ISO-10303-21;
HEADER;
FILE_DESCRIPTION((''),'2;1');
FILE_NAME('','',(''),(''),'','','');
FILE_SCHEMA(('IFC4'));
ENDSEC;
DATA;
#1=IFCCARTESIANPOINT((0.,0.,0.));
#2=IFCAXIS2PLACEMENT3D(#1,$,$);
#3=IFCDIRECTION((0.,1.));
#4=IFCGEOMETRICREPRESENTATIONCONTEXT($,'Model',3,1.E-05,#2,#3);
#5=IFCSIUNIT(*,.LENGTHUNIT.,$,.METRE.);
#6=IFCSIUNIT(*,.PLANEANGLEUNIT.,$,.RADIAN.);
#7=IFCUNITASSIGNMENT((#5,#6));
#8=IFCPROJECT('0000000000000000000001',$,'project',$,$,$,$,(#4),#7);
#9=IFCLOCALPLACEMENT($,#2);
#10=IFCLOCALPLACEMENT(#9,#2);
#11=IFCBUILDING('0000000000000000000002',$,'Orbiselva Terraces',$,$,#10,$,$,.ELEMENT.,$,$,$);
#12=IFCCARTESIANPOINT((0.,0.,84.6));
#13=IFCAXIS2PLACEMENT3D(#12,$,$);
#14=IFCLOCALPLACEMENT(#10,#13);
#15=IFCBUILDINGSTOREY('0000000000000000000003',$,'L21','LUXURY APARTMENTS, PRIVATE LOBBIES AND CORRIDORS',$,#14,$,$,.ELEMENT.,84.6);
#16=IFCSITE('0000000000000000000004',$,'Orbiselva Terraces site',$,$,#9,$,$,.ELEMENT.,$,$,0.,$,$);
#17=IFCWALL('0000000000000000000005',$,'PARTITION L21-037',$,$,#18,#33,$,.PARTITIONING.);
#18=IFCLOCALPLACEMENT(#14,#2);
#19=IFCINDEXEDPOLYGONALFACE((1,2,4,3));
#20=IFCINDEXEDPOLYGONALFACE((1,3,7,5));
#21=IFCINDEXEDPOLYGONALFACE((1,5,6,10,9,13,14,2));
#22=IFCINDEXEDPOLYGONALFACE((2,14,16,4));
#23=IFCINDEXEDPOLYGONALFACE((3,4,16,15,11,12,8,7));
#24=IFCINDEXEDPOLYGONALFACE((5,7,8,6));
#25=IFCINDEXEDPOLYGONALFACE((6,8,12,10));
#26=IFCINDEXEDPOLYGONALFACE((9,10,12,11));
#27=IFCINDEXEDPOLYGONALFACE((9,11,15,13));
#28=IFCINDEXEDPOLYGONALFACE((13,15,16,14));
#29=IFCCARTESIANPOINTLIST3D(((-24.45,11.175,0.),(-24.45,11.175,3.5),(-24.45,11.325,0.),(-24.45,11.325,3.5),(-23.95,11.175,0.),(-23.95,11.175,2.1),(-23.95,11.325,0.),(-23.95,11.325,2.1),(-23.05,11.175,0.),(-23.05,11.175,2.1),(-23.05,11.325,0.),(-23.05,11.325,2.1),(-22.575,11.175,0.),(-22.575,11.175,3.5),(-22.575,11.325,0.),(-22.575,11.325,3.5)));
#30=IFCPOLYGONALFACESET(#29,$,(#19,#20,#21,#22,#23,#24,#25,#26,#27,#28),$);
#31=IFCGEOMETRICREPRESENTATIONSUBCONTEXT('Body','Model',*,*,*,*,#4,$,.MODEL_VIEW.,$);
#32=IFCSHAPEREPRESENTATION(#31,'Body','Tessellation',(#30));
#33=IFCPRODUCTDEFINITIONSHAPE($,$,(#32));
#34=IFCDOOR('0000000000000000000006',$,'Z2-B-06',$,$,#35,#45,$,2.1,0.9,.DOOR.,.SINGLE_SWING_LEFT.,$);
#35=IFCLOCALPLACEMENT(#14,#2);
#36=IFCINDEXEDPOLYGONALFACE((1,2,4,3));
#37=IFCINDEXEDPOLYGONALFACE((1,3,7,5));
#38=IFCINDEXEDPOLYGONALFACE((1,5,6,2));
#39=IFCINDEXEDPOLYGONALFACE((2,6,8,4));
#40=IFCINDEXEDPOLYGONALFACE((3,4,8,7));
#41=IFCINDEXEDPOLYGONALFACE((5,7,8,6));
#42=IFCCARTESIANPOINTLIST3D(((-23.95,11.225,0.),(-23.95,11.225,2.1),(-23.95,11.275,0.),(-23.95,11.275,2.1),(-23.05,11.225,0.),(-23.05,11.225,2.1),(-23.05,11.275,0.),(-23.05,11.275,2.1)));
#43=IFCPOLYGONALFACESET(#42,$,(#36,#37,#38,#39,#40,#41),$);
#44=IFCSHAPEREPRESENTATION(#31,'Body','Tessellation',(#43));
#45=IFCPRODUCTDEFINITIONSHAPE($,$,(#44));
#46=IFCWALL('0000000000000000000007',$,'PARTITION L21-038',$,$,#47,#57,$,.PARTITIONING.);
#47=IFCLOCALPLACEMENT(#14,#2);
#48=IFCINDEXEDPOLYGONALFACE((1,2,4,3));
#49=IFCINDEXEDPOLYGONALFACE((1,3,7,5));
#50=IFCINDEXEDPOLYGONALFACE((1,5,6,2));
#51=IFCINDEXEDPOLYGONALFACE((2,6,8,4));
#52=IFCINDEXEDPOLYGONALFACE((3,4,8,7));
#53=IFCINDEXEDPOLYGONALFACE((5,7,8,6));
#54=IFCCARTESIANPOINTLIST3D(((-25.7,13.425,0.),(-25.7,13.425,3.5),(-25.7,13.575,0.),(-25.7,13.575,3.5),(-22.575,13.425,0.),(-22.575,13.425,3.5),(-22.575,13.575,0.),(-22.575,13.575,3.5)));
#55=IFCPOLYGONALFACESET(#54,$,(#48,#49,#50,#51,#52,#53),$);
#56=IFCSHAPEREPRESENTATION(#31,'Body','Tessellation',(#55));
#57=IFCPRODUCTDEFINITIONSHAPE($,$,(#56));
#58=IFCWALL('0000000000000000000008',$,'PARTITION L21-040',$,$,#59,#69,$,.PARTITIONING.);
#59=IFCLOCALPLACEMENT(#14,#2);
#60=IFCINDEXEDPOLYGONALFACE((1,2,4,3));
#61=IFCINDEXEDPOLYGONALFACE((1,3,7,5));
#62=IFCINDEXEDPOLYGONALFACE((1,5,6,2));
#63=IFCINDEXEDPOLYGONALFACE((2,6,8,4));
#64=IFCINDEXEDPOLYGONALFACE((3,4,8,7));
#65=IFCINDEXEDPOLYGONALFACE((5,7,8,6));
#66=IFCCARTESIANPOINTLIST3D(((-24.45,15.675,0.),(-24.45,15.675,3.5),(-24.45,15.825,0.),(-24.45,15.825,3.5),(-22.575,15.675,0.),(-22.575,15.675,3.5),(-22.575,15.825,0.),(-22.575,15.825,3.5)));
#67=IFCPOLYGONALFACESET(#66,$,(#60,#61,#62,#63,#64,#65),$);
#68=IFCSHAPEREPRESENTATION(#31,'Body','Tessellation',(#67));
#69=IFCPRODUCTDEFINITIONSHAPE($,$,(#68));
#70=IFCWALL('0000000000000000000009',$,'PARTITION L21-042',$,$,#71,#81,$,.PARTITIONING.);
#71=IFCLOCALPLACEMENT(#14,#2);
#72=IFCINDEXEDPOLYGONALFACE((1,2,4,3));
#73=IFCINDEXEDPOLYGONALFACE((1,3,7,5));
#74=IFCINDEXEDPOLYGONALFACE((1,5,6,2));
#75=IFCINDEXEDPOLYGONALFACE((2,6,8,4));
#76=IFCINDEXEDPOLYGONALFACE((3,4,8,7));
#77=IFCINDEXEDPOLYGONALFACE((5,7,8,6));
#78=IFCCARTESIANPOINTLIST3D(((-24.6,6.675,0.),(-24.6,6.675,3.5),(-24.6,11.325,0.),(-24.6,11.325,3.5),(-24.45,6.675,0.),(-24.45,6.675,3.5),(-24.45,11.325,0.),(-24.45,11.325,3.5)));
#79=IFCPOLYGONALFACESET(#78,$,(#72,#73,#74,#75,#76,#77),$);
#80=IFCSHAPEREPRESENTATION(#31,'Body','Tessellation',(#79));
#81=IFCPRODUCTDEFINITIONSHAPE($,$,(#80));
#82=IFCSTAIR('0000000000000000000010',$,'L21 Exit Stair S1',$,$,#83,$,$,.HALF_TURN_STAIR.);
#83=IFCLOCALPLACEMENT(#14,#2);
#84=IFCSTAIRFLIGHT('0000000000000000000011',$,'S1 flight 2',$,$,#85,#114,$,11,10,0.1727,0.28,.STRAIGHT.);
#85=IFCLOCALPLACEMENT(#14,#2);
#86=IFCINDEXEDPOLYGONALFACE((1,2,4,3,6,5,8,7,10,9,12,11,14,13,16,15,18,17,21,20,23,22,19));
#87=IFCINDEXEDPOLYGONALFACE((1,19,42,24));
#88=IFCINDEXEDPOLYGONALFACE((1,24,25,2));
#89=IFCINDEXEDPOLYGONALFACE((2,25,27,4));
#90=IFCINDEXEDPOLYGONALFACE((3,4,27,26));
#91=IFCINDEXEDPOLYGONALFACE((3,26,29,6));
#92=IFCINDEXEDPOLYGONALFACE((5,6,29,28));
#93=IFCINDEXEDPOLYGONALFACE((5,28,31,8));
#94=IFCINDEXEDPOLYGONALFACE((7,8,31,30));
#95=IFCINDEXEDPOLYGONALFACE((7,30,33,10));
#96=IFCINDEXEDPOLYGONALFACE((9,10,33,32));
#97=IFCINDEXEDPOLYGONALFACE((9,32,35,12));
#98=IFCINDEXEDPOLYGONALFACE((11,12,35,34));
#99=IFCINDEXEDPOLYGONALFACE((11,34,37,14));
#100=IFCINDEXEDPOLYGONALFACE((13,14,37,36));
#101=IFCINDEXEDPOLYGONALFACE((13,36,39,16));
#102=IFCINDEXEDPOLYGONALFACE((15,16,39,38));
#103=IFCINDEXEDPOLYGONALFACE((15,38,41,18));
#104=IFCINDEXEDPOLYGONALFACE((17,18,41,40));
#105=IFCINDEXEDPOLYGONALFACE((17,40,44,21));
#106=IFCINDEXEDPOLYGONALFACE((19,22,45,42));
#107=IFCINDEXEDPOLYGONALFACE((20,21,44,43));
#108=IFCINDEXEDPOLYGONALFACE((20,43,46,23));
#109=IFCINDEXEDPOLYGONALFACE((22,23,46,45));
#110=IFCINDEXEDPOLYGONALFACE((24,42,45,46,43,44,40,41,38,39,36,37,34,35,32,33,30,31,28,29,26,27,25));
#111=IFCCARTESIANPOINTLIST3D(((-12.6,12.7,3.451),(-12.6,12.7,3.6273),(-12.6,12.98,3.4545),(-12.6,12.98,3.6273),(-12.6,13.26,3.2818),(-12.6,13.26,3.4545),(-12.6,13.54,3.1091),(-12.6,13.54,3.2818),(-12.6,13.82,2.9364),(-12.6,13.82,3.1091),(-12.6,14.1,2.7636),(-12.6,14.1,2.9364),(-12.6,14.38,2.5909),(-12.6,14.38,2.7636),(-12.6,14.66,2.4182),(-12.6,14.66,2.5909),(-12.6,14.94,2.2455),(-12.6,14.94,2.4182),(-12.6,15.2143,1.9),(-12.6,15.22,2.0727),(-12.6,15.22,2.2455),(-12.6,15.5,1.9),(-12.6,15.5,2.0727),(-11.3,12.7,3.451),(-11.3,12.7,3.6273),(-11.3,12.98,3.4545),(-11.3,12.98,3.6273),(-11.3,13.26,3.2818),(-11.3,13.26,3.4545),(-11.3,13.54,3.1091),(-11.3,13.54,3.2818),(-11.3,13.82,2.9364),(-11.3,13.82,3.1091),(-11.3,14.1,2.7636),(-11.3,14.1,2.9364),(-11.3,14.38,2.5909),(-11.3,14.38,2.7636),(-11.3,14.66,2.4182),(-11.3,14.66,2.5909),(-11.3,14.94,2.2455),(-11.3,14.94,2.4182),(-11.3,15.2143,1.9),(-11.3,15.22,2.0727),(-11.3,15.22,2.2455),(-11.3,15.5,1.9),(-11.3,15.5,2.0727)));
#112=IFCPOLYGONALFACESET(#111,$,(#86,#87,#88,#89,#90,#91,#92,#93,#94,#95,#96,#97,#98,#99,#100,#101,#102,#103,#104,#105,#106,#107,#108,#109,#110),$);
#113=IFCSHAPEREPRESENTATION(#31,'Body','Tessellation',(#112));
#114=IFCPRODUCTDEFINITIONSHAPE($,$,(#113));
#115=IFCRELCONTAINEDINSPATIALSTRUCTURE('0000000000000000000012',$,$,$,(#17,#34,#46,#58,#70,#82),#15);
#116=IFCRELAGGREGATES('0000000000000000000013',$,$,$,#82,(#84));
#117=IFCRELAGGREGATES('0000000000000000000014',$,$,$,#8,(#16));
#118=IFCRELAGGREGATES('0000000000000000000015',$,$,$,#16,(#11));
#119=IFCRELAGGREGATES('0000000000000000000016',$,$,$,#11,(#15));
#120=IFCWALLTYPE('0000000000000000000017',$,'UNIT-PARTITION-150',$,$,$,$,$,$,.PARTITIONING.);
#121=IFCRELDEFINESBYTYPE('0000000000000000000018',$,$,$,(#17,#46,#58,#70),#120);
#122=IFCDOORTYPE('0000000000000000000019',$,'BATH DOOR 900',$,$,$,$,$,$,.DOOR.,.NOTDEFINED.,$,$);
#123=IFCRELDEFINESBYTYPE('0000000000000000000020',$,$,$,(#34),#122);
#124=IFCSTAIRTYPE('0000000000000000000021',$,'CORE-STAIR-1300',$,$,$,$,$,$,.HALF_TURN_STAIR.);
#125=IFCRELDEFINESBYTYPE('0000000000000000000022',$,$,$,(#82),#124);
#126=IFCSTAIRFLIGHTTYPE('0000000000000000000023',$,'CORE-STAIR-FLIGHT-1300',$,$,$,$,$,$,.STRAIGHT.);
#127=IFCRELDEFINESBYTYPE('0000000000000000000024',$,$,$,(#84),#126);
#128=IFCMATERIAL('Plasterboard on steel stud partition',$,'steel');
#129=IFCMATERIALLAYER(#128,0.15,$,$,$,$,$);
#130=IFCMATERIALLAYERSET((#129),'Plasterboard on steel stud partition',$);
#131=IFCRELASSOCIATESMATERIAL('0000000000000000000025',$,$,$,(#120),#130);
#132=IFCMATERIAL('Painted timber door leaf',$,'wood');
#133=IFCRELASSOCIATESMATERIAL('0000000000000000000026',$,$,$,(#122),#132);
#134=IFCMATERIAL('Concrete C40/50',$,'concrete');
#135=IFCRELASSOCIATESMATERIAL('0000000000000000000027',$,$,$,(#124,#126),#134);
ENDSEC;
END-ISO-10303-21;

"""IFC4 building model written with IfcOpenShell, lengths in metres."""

from ifc_helpers import new_model, si_unit, direction, frame, frame_2d, origin, place, context, subcontext, project, spatial, polyline, rectangle, outline, extrude, material, layer, layer_set, type_object, element, fill, aggregate, save


model = new_model("IFC4")

# Units and contexts
model_context = context("Model", 3, precision=1e-05, world=origin(), true_north=direction((0.0, 1.0)))
body_context = subcontext(model_context, "Body", "Model", "MODEL_VIEW")
ifc_project = project(units=[si_unit("LENGTHUNIT", "METRE"), si_unit("PLANEANGLEUNIT", "RADIAN")], contexts=[model_context])

# Site, building, storey
site_placement = place(None, origin())
site = spatial("IfcSite", under=ifc_project, at=site_placement, Name="Orbiselva Terraces site", CompositionType="ELEMENT", RefElevation=0.0)
building_placement = place(site_placement, origin())
building = spatial("IfcBuilding", under=site, at=building_placement, Name="Orbiselva Terraces", CompositionType="ELEMENT")
storey_placement = place(building_placement, frame((0.0, 0.0, 84.6)))
storey = spatial("IfcBuildingStorey", under=building, at=storey_placement, Name="L21", Description="LUXURY APARTMENTS, PRIVATE LOBBIES AND CORRIDORS", CompositionType="ELEMENT", Elevation=84.6)

# Shared definitions
ifc_material_1 = material(Name="Plasterboard on steel stud partition", Category="steel")

# Shared definitions
ifc_material_2 = material(Name="Painted timber door leaf", Category="wood")
ifc_layer_1 = layer(ifc_material_1, 0.15)
ifc_layer_set_1 = layer_set([ifc_layer_1], Name="Plasterboard on steel stud partition")
wall_type_1 = type_object("IfcWallType", Name="UNIT-PARTITION-150", PredefinedType="PARTITIONING", material=ifc_layer_set_1)
door_type_1 = type_object("IfcDoorType", Name="BATH DOOR 900", OperationType="NOTDEFINED", PredefinedType="DOOR", material=ifc_material_2)

# Wall, opening, door
wall_1_placement = place(storey_placement, frame((-22.575, 11.25, 0.0), z_axis=(0.0, 0.0, 1.0), x_axis=(-1.0, 0.0, 0.0)))
wall_1 = element("IfcWall", 1, at=wall_1_placement, inside=storey, type_object=wall_type_1, Name="PARTITION L21-037", PredefinedType="PARTITIONING", context=body_context, shape_type="SweptSolid", body=[
    extrude(rectangle(XDim=1.875, YDim=0.15, at=frame_2d((0.9375, 0.0))), origin(), (0.0, 0.0, 1.0), 3.5),
])
opening_1_placement = place(wall_1_placement, frame((0.475, 0.0, 0.0)))
opening_1 = element("IfcOpeningElement", 2, at=opening_1_placement, cuts=wall_1, PredefinedType="OPENING", context=body_context, shape_type="SweptSolid", body=[
    extrude(rectangle(XDim=0.9, YDim=2.1, at=frame_2d((0.45, 1.05))), frame((0.0, 0.085, 0.0), z_axis=(0.0, -1.0, 0.0), x_axis=(1.0, 0.0, 0.0)), (0.0, 0.0, 1.0), 0.17),
])
door_1_placement = place(opening_1_placement, origin())
door_1 = element("IfcDoor", 3, at=door_1_placement, inside=storey, type_object=door_type_1, Name="Z2-B-06", OperationType="SINGLE_SWING_LEFT", OverallHeight=2.1, OverallWidth=0.9, PredefinedType="DOOR", context=body_context, shape_type="SweptSolid", body=[
    extrude(rectangle(XDim=0.9, YDim=2.1, at=frame_2d((0.45, 1.05))), frame((0.0, 0.025, 0.0), z_axis=(0.0, -1.0, 0.0), x_axis=(1.0, 0.0, 0.0)), (0.0, 0.0, 1.0), 0.05),
])
fill(opening_1, door_1)

# Walls
wall_2_placement = place(storey_placement, frame((-25.7, 13.5, 0.0), z_axis=(0.0, 0.0, 1.0), x_axis=(1.0, 0.0, 0.0)))
element("IfcWall", 4, at=wall_2_placement, inside=storey, type_object=wall_type_1, Name="PARTITION L21-038", PredefinedType="PARTITIONING", context=body_context, shape_type="SweptSolid", body=[
    extrude(rectangle(XDim=3.125, YDim=0.15, at=frame_2d((1.5625, 0.0))), origin(), (0.0, 0.0, 1.0), 3.5),
])
wall_3_placement = place(storey_placement, frame((-24.45, 15.75, 0.0), z_axis=(0.0, 0.0, 1.0), x_axis=(1.0, 0.0, 0.0)))
element("IfcWall", 5, at=wall_3_placement, inside=storey, type_object=wall_type_1, Name="PARTITION L21-040", PredefinedType="PARTITIONING", context=body_context, shape_type="SweptSolid", body=[
    extrude(rectangle(XDim=1.875, YDim=0.15, at=frame_2d((0.9375, 0.0))), origin(), (0.0, 0.0, 1.0), 3.5),
])
wall_4_placement = place(storey_placement, frame((-24.525, 6.675, 0.0), z_axis=(0.0, 0.0, 1.0), x_axis=(0.0, 1.0, 0.0)))
element("IfcWall", 6, at=wall_4_placement, inside=storey, type_object=wall_type_1, Name="PARTITION L21-042", PredefinedType="PARTITIONING", context=body_context, shape_type="SweptSolid", body=[
    extrude(rectangle(XDim=4.65, YDim=0.15, at=frame_2d((2.325, 0.0))), origin(), (0.0, 0.0, 1.0), 3.5),
])

# Stair, stair flight
ifc_material_3 = material(Name="Concrete C40/50", Category="concrete")
stair_type = type_object("IfcStairType", Name="CORE-STAIR-1300", PredefinedType="HALF_TURN_STAIR", material=ifc_material_3)
stair_placement = place(storey_placement, origin())
stair = element("IfcStair", 7, at=stair_placement, inside=storey, type_object=stair_type, Name="L21 Exit Stair S1", PredefinedType="HALF_TURN_STAIR")
stair_flight_type = type_object("IfcStairFlightType", Name="CORE-STAIR-FLIGHT-1300", PredefinedType="STRAIGHT", material=ifc_material_3)
stair_flight_placement = place(storey_placement, frame((-11.95, 15.5, 1.9), z_axis=(0.0, 0.0, 1.0), x_axis=(0.0, -1.0, 0.0)))
stair_flight = element("IfcStairFlight", 8, at=stair_flight_placement, type_object=stair_flight_type, Name="S1 flight 2", NumberOfRisers=11, NumberOfTreads=10, PredefinedType="STRAIGHT", RiserHeight=0.1727, TreadLength=0.28, context=body_context, shape_type="SweptSolid", body=[
    extrude(outline(polyline([(0.0, 0.0), (0.0, 0.1727), (0.28, 0.1727), (0.28, 0.3455), (0.56, 0.3455), (0.56, 0.5182), (0.84, 0.5182), (0.84, 0.6909), (1.12, 0.6909), (1.12, 0.8636), (1.4, 0.8636), (1.4, 1.0364), (1.68, 1.0364), (1.68, 1.2091), (1.96, 1.2091), (1.96, 1.3818), (2.24, 1.3818), (2.24, 1.5545), (2.52, 1.5545), (2.52, 1.7273), (2.8, 1.7273), (2.8, 1.9), (2.8, 1.551), (0.2857, 0.0), (0.0, 0.0)])), frame((0.0, 0.65, 0.0), z_axis=(0.0, -1.0, 0.0), x_axis=(1.0, 0.0, 0.0)), (0.0, 0.0, 1.0), 1.3),
])
aggregate(stair, [stair_flight])

save(model, "model.ifc")
